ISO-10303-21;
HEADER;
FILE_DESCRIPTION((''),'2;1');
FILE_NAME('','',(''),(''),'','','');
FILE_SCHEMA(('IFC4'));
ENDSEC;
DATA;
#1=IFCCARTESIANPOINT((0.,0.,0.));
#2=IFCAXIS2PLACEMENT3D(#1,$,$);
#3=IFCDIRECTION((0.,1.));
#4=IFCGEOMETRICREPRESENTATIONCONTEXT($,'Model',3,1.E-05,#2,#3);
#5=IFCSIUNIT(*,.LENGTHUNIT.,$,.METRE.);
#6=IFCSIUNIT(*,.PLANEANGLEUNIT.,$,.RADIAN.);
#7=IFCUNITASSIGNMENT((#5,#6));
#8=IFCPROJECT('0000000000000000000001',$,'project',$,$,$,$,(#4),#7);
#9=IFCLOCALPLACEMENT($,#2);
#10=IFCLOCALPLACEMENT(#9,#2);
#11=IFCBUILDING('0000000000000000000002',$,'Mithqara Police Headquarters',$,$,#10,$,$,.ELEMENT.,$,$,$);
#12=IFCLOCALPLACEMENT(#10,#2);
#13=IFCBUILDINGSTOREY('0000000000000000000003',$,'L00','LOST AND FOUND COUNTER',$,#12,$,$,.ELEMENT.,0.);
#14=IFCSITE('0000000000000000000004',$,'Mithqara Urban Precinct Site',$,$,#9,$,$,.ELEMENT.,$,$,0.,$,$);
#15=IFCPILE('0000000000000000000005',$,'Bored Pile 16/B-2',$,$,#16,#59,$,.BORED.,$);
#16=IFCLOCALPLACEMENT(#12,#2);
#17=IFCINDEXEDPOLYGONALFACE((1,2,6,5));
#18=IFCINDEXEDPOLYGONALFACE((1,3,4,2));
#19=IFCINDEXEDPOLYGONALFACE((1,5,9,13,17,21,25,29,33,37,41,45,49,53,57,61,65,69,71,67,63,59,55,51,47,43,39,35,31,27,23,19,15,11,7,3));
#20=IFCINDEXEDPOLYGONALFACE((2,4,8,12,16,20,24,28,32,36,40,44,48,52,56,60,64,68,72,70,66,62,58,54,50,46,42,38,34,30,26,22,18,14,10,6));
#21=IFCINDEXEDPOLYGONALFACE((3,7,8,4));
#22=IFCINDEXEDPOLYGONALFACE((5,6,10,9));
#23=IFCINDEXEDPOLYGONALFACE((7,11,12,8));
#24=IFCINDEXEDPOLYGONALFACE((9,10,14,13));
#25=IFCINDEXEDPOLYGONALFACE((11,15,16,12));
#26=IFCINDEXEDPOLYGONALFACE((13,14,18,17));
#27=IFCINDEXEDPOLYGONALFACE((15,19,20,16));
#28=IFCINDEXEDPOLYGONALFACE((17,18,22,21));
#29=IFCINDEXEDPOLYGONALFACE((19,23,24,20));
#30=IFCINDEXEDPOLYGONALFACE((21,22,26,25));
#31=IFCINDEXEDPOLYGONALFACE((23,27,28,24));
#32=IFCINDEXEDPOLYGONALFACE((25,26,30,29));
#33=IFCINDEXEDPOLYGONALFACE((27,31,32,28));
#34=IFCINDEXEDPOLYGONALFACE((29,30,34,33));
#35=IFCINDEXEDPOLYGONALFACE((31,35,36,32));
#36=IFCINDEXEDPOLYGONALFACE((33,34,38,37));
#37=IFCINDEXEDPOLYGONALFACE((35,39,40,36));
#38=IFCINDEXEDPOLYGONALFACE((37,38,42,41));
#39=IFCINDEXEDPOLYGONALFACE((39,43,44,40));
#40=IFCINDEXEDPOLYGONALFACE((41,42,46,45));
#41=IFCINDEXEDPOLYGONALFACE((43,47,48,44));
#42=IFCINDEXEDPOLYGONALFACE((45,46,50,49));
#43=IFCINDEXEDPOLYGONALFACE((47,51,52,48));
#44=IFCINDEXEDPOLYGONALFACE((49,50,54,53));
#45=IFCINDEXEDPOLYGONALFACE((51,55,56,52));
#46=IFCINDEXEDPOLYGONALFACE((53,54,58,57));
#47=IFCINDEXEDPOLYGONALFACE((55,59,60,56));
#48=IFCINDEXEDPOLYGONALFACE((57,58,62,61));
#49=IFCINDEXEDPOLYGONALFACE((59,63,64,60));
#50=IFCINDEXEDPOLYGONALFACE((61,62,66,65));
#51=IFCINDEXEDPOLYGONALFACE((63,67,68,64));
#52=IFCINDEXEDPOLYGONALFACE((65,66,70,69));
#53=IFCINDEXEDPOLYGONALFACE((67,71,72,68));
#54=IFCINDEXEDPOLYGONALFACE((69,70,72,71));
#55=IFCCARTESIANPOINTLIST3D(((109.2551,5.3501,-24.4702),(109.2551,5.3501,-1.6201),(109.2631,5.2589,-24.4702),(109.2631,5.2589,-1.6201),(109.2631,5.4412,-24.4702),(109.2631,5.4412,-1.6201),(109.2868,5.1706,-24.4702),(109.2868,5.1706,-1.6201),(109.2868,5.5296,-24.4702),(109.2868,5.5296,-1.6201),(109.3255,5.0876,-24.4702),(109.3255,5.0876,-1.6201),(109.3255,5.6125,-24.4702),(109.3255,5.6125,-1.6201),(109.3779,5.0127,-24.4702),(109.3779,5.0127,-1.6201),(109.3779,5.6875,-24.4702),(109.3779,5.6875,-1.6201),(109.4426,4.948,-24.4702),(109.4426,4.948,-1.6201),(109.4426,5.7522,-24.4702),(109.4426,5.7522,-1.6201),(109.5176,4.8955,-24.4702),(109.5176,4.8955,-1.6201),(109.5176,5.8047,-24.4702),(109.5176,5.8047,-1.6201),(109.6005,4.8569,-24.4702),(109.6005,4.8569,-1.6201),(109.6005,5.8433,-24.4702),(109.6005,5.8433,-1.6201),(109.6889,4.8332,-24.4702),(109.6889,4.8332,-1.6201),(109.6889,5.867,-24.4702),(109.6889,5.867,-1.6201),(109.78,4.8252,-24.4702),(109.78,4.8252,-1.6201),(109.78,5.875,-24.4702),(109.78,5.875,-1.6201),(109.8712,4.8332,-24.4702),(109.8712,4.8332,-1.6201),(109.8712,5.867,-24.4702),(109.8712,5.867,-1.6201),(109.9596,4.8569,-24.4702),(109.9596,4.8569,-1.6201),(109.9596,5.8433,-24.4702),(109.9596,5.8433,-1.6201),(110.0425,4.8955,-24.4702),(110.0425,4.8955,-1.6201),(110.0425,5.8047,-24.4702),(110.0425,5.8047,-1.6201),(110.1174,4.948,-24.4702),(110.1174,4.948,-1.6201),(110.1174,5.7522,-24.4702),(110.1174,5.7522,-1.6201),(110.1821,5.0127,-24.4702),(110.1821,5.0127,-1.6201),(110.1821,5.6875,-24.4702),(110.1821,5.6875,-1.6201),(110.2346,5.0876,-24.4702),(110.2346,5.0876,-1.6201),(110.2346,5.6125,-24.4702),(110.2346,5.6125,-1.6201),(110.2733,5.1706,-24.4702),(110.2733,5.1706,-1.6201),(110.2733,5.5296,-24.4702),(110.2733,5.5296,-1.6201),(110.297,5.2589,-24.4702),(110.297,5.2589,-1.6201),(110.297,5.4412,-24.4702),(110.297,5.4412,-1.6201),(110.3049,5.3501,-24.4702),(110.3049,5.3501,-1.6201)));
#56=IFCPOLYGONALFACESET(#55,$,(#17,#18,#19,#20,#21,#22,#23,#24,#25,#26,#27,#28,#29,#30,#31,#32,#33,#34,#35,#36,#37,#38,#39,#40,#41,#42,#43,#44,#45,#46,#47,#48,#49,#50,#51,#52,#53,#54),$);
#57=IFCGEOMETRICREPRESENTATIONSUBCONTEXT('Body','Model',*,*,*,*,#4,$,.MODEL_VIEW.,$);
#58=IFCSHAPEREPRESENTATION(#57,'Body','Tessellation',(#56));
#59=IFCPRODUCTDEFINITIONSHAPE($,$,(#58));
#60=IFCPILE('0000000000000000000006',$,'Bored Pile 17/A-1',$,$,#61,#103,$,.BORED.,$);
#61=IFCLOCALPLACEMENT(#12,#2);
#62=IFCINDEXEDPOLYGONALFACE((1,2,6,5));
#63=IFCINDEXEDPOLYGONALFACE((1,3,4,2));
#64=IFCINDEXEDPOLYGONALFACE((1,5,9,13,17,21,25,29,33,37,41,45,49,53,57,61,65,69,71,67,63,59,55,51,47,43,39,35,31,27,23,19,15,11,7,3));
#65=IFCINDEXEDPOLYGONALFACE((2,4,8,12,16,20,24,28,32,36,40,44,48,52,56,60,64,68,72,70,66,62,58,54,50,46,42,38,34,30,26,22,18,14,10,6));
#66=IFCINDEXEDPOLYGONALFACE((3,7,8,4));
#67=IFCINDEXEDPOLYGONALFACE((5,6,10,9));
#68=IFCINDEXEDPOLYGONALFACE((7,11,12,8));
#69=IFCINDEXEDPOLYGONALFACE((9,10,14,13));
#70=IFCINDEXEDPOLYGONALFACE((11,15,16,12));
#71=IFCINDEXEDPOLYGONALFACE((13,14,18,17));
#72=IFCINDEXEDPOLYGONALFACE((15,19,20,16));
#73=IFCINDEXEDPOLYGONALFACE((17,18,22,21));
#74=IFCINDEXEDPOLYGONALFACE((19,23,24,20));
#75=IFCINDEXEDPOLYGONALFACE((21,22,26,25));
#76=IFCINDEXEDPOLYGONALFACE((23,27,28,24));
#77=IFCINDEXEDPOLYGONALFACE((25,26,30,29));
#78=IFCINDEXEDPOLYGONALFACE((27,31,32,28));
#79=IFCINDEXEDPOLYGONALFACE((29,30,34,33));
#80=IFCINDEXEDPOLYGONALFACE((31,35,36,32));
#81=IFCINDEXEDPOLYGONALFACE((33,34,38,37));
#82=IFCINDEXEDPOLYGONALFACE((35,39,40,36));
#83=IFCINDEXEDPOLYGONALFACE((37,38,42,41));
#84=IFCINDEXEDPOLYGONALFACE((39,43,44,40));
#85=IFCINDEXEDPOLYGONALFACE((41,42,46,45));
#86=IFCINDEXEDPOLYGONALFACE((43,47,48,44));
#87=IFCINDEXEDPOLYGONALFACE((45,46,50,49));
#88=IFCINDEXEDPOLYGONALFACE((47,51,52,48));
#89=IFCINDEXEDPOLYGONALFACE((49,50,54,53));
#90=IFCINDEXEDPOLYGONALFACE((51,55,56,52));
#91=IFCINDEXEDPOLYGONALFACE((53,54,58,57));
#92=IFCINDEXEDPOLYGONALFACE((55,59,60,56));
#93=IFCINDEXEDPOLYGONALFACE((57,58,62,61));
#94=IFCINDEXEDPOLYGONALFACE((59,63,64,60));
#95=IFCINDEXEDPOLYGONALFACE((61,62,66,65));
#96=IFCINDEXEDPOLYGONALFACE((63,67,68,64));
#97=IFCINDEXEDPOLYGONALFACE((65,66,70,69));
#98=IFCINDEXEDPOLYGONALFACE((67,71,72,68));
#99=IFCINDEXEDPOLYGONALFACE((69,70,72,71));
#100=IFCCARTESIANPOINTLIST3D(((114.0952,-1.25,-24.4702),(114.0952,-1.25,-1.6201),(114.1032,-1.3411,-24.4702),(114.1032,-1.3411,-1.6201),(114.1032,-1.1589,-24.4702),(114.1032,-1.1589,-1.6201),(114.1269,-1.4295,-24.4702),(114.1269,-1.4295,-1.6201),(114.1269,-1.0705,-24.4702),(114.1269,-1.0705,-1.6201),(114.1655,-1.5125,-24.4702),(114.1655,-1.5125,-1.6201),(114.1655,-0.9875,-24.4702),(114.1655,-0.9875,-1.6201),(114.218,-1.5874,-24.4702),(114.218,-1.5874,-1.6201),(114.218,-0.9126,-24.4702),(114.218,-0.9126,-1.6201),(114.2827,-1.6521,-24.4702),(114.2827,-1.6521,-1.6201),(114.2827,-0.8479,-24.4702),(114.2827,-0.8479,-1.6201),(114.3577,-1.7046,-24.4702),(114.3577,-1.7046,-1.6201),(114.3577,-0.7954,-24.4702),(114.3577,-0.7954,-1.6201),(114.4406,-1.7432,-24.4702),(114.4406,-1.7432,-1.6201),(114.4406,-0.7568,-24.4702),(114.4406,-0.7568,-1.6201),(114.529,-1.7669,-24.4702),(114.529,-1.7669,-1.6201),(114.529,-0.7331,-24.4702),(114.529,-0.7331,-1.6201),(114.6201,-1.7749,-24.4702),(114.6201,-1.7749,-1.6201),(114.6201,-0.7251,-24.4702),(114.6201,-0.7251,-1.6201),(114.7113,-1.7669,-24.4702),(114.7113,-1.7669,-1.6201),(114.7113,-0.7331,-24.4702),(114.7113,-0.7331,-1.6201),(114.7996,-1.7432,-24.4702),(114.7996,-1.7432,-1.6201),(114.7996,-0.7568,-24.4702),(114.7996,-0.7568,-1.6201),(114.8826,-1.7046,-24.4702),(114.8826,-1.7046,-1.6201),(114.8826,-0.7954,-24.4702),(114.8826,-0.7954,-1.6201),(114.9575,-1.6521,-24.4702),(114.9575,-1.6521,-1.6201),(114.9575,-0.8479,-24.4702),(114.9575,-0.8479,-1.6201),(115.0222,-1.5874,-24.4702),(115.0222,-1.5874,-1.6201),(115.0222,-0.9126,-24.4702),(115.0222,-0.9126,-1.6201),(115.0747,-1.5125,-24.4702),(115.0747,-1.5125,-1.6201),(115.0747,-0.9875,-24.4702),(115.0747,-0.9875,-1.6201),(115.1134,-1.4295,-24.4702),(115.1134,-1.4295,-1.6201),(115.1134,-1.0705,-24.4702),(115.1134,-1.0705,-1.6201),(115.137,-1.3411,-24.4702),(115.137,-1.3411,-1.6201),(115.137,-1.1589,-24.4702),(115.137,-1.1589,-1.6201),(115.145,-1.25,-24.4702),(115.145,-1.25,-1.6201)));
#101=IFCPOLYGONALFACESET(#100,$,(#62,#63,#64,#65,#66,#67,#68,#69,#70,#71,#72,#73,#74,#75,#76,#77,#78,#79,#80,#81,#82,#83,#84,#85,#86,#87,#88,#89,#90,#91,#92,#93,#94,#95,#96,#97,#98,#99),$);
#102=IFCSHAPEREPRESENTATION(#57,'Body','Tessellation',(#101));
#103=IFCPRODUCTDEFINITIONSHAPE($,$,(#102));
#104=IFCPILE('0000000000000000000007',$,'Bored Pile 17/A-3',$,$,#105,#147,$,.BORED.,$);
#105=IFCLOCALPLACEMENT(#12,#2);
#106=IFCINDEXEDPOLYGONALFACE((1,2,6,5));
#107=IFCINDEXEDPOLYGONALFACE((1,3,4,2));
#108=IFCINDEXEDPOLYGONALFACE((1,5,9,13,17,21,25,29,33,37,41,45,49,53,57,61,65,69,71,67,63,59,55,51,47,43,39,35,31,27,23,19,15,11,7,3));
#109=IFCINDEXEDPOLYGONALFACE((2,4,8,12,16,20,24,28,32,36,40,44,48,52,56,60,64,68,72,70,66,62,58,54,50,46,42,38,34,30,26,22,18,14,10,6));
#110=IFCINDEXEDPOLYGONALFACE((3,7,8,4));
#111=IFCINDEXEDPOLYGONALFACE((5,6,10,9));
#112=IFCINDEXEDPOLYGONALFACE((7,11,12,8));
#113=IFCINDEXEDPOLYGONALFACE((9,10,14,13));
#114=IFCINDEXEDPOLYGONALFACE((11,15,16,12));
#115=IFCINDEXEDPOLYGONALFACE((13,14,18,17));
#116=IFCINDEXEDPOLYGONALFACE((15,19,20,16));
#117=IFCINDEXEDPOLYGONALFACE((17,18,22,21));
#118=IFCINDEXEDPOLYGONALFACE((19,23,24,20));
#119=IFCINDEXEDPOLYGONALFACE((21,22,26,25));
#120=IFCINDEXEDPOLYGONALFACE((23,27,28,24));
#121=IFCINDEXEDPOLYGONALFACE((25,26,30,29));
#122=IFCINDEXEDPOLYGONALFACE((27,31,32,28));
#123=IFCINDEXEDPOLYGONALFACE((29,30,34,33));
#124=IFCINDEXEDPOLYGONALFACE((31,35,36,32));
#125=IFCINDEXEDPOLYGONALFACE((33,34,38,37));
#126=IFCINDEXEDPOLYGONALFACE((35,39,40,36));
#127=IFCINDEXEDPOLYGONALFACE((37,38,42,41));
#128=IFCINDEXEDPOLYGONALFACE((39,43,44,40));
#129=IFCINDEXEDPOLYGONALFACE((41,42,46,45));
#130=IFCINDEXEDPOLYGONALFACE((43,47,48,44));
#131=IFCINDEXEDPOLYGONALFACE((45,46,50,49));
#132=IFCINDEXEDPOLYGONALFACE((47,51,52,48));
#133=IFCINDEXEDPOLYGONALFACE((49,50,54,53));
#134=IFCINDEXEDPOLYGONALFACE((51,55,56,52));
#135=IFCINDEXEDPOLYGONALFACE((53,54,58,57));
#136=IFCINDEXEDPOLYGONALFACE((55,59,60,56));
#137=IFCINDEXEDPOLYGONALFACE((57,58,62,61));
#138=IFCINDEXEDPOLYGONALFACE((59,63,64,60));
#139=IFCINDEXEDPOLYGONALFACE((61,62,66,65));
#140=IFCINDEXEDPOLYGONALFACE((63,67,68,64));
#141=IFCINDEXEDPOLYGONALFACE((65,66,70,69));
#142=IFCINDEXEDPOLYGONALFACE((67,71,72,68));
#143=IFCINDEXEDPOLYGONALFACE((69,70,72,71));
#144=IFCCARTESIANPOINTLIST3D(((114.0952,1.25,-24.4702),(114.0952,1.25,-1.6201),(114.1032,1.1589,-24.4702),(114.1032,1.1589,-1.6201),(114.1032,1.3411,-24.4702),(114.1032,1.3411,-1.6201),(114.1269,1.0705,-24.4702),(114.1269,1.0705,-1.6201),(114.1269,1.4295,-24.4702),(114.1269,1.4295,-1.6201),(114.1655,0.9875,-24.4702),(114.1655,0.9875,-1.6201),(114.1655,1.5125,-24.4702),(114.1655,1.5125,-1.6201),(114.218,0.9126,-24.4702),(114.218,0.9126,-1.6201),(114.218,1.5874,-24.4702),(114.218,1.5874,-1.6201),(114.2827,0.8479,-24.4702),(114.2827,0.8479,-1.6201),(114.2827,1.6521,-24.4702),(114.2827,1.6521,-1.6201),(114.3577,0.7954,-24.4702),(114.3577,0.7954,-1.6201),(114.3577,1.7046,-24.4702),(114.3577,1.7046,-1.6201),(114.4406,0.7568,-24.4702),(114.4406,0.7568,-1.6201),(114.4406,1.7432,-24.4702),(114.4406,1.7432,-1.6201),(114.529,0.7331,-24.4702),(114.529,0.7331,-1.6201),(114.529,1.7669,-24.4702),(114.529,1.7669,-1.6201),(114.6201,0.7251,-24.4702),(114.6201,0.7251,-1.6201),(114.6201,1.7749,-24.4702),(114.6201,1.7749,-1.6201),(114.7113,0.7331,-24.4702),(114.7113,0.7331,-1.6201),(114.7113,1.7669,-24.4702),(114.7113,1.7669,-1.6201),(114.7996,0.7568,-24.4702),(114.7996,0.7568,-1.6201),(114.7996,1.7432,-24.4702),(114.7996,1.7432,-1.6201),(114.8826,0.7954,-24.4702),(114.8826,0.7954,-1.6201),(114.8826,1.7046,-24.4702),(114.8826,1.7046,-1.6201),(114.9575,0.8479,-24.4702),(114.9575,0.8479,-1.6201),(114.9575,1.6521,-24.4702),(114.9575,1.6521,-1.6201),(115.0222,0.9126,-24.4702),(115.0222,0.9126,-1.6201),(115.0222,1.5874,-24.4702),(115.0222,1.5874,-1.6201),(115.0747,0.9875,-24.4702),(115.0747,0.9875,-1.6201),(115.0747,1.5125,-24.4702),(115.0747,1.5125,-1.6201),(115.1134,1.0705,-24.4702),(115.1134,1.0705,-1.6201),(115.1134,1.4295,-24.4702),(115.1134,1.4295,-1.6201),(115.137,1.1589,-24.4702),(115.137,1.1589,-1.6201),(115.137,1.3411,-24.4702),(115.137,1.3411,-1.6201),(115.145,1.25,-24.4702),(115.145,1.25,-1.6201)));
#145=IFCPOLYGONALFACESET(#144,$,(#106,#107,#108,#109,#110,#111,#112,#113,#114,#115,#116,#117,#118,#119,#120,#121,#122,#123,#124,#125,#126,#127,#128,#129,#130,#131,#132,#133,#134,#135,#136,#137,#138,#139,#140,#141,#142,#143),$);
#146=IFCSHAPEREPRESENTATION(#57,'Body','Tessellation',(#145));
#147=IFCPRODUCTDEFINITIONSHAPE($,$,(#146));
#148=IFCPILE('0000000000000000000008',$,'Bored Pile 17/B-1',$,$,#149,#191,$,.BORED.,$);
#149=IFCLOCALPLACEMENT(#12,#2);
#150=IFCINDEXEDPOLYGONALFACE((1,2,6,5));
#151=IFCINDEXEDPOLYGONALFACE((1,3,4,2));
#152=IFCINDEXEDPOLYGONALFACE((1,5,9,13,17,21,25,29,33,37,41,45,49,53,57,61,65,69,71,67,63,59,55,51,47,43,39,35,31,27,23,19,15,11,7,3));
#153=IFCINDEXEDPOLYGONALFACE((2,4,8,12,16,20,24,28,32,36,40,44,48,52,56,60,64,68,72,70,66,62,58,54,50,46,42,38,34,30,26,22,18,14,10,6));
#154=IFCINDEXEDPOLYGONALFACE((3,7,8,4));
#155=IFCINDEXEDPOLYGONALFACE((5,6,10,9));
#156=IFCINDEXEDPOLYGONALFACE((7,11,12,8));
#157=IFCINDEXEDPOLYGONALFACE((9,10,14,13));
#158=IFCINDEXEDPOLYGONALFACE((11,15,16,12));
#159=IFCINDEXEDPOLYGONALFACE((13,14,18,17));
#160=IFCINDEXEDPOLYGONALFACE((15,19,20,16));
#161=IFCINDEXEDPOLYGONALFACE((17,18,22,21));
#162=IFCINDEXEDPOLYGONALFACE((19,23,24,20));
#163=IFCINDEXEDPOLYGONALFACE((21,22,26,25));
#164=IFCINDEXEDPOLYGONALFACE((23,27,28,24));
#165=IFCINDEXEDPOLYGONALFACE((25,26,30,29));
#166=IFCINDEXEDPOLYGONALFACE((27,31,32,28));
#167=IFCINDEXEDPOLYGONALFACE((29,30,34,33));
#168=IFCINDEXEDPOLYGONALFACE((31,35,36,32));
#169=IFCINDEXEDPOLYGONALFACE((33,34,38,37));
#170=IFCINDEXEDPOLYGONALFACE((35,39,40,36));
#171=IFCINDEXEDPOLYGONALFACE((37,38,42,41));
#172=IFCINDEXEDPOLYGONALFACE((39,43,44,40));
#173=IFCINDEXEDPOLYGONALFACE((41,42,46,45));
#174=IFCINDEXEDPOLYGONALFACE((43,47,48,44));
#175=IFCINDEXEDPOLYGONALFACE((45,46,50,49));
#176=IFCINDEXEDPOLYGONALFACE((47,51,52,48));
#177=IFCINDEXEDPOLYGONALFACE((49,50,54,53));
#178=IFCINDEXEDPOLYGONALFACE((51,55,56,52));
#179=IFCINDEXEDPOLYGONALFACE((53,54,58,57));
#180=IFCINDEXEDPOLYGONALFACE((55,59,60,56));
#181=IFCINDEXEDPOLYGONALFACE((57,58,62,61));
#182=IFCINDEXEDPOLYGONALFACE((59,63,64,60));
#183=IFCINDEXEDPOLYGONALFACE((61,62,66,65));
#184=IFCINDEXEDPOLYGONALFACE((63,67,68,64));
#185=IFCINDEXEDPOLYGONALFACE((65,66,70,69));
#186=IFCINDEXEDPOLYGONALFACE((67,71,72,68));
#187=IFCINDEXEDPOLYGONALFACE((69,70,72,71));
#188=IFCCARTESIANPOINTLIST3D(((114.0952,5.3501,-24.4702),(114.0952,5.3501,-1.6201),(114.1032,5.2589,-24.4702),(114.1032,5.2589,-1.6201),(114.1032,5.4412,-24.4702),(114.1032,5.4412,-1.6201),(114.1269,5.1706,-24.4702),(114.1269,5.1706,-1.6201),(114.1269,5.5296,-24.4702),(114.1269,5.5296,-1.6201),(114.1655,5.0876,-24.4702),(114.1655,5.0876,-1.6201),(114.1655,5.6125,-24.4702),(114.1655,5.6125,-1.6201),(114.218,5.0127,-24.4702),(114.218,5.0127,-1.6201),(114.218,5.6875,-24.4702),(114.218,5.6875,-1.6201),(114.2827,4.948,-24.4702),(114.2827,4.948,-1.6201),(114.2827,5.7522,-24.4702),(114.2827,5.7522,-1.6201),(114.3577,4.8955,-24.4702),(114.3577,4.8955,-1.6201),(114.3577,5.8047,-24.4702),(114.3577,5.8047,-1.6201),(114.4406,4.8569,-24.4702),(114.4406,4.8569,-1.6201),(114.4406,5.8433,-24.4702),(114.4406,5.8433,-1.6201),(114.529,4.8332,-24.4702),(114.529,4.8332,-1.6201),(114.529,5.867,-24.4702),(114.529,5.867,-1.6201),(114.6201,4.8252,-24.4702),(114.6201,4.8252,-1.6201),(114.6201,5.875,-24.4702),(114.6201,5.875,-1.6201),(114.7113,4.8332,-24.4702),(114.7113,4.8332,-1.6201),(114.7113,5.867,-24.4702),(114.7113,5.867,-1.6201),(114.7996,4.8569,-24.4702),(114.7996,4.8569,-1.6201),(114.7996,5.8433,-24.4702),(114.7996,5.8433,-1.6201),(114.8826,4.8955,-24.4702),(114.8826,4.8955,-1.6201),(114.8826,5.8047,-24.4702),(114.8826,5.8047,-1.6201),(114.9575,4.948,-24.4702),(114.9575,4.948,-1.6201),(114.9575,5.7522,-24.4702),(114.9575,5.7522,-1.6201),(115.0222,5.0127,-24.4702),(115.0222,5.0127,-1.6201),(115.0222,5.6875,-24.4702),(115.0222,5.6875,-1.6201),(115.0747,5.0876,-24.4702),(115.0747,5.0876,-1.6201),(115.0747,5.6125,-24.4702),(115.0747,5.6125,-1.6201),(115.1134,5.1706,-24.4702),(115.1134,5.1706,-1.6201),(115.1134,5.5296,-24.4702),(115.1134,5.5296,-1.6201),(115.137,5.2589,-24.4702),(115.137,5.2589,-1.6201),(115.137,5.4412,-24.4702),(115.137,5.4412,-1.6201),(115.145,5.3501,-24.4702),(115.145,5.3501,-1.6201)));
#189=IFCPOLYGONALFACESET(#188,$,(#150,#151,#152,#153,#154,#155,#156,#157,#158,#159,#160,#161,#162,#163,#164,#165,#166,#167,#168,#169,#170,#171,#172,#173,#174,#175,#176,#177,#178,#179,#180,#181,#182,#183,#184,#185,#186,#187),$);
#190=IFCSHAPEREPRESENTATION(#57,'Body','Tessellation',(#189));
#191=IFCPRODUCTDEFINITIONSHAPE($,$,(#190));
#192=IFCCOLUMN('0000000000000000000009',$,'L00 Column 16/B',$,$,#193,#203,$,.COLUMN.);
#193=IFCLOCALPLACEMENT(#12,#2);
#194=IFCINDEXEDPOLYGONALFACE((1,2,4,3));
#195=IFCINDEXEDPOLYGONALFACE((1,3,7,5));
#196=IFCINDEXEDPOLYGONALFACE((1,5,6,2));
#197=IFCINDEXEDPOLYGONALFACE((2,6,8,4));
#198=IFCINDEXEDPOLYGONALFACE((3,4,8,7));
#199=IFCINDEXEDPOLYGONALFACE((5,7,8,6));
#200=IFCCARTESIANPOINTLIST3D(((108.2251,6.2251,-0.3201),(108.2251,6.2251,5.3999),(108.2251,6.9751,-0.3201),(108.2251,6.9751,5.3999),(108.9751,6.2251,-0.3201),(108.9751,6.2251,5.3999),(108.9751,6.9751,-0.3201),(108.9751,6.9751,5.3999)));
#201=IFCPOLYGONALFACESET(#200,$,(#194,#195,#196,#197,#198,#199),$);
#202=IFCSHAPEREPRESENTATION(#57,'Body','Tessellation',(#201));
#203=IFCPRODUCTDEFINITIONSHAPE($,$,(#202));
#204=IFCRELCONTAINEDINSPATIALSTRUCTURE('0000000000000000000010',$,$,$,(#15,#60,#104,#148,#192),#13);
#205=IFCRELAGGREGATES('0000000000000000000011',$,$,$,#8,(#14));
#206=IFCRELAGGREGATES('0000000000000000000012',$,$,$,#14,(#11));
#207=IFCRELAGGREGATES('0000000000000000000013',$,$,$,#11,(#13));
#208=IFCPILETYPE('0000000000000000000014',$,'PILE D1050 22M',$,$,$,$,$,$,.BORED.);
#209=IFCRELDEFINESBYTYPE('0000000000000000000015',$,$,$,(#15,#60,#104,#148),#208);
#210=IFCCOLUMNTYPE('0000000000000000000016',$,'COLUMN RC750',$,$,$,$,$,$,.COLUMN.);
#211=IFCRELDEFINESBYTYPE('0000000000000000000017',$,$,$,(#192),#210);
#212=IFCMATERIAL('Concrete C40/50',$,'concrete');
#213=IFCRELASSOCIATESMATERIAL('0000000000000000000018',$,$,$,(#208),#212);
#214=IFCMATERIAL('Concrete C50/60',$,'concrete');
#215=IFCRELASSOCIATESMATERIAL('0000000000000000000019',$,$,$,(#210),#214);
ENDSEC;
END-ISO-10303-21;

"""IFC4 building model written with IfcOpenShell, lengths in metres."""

from ifc_helpers import new_model, si_unit, direction, frame, origin, origin_2d, place, context, subcontext, project, spatial, rectangle, circle, extrude, material, material_profile, profile_set, type_object, element, save


model = new_model("IFC4")

# Units and contexts
model_context = context("Model", 3, precision=1e-05, world=origin(), true_north=direction((0.0, 1.0)))
body_context = subcontext(model_context, "Body", "Model", "MODEL_VIEW")
ifc_project = project(units=[si_unit("LENGTHUNIT", "METRE"), si_unit("PLANEANGLEUNIT", "RADIAN")], contexts=[model_context])

# Site, building, storey
site_placement = place(None, origin())
site = spatial("IfcSite", under=ifc_project, at=site_placement, Name="Mithqara Urban Precinct Site", CompositionType="ELEMENT", RefElevation=0.0)
building_placement = place(site_placement, origin())
building = spatial("IfcBuilding", under=site, at=building_placement, Name="Mithqara Police Headquarters", CompositionType="ELEMENT")
storey_placement = place(building_placement, origin())
storey = spatial("IfcBuildingStorey", under=building, at=storey_placement, Name="L00", Description="LOST AND FOUND COUNTER", CompositionType="ELEMENT", Elevation=0.0)

# Shared definitions
ifc_material_1 = material(Name="Concrete C40/50", Category="concrete")

# Piles
ifc_material_profile_1 = material_profile(ifc_material_1, circle(Radius=0.5249, at=origin_2d()), Name="PILE D1050")
ifc_profile_set_1 = profile_set([ifc_material_profile_1], Name="Concrete C40/50")
pile_type = type_object("IfcPileType", Name="PILE D1050 22M", PredefinedType="BORED", material=ifc_profile_set_1)
for number, where, z_axis, x_axis, name in (
    (1, (109.78, 5.3501, -1.6201), (0.0, 0.0, -1.0), (1.0, 0.0, 0.0), "Bored Pile 16/B-2"),
    (2, (114.6201, -1.25, -1.6201), (0.0, 0.0, -1.0), (1.0, 0.0, 0.0), "Bored Pile 17/A-1"),
    (3, (114.6201, 1.25, -1.6201), (0.0, 0.0, -1.0), (1.0, 0.0, 0.0), "Bored Pile 17/A-3"),
    (4, (114.6201, 5.3501, -1.6201), (0.0, 0.0, -1.0), (1.0, 0.0, 0.0), "Bored Pile 17/B-1"),
):
    element("IfcPile", number, at=place(storey_placement, frame(where, z_axis=z_axis, x_axis=x_axis)), inside=storey, type_object=pile_type, Name=name, PredefinedType="BORED", context=body_context, shape_type="SweptSolid", body=[
        extrude(circle(Radius=0.5249, at=origin_2d()), origin(), (0.0, 0.0, 1.0), 22.8501),
    ])

# Column
ifc_material_2 = material(Name="Concrete C50/60", Category="concrete")
ifc_material_profile_2 = material_profile(ifc_material_2, rectangle(XDim=0.75, YDim=0.75, at=origin_2d()), Name="RC 750x750")
ifc_profile_set_2 = profile_set([ifc_material_profile_2], Name="Concrete C50/60")
column_type_1 = type_object("IfcColumnType", Name="COLUMN RC750", PredefinedType="COLUMN", material=ifc_profile_set_2)
for number, where, z_axis, x_axis, name in (
    (5, (108.6001, 6.6001, -0.3201), (0.0, 0.0, 1.0), (1.0, 0.0, 0.0), "L00 Column 16/B"),
):
    element("IfcColumn", number, at=place(storey_placement, frame(where, z_axis=z_axis, x_axis=x_axis)), inside=storey, type_object=column_type_1, Name=name, PredefinedType="COLUMN", context=body_context, shape_type="SweptSolid", body=[
        extrude(rectangle(XDim=0.75, YDim=0.75, at=origin_2d()), origin(), (0.0, 0.0, 1.0), 5.72),
    ])

save(model, "model.ifc")
